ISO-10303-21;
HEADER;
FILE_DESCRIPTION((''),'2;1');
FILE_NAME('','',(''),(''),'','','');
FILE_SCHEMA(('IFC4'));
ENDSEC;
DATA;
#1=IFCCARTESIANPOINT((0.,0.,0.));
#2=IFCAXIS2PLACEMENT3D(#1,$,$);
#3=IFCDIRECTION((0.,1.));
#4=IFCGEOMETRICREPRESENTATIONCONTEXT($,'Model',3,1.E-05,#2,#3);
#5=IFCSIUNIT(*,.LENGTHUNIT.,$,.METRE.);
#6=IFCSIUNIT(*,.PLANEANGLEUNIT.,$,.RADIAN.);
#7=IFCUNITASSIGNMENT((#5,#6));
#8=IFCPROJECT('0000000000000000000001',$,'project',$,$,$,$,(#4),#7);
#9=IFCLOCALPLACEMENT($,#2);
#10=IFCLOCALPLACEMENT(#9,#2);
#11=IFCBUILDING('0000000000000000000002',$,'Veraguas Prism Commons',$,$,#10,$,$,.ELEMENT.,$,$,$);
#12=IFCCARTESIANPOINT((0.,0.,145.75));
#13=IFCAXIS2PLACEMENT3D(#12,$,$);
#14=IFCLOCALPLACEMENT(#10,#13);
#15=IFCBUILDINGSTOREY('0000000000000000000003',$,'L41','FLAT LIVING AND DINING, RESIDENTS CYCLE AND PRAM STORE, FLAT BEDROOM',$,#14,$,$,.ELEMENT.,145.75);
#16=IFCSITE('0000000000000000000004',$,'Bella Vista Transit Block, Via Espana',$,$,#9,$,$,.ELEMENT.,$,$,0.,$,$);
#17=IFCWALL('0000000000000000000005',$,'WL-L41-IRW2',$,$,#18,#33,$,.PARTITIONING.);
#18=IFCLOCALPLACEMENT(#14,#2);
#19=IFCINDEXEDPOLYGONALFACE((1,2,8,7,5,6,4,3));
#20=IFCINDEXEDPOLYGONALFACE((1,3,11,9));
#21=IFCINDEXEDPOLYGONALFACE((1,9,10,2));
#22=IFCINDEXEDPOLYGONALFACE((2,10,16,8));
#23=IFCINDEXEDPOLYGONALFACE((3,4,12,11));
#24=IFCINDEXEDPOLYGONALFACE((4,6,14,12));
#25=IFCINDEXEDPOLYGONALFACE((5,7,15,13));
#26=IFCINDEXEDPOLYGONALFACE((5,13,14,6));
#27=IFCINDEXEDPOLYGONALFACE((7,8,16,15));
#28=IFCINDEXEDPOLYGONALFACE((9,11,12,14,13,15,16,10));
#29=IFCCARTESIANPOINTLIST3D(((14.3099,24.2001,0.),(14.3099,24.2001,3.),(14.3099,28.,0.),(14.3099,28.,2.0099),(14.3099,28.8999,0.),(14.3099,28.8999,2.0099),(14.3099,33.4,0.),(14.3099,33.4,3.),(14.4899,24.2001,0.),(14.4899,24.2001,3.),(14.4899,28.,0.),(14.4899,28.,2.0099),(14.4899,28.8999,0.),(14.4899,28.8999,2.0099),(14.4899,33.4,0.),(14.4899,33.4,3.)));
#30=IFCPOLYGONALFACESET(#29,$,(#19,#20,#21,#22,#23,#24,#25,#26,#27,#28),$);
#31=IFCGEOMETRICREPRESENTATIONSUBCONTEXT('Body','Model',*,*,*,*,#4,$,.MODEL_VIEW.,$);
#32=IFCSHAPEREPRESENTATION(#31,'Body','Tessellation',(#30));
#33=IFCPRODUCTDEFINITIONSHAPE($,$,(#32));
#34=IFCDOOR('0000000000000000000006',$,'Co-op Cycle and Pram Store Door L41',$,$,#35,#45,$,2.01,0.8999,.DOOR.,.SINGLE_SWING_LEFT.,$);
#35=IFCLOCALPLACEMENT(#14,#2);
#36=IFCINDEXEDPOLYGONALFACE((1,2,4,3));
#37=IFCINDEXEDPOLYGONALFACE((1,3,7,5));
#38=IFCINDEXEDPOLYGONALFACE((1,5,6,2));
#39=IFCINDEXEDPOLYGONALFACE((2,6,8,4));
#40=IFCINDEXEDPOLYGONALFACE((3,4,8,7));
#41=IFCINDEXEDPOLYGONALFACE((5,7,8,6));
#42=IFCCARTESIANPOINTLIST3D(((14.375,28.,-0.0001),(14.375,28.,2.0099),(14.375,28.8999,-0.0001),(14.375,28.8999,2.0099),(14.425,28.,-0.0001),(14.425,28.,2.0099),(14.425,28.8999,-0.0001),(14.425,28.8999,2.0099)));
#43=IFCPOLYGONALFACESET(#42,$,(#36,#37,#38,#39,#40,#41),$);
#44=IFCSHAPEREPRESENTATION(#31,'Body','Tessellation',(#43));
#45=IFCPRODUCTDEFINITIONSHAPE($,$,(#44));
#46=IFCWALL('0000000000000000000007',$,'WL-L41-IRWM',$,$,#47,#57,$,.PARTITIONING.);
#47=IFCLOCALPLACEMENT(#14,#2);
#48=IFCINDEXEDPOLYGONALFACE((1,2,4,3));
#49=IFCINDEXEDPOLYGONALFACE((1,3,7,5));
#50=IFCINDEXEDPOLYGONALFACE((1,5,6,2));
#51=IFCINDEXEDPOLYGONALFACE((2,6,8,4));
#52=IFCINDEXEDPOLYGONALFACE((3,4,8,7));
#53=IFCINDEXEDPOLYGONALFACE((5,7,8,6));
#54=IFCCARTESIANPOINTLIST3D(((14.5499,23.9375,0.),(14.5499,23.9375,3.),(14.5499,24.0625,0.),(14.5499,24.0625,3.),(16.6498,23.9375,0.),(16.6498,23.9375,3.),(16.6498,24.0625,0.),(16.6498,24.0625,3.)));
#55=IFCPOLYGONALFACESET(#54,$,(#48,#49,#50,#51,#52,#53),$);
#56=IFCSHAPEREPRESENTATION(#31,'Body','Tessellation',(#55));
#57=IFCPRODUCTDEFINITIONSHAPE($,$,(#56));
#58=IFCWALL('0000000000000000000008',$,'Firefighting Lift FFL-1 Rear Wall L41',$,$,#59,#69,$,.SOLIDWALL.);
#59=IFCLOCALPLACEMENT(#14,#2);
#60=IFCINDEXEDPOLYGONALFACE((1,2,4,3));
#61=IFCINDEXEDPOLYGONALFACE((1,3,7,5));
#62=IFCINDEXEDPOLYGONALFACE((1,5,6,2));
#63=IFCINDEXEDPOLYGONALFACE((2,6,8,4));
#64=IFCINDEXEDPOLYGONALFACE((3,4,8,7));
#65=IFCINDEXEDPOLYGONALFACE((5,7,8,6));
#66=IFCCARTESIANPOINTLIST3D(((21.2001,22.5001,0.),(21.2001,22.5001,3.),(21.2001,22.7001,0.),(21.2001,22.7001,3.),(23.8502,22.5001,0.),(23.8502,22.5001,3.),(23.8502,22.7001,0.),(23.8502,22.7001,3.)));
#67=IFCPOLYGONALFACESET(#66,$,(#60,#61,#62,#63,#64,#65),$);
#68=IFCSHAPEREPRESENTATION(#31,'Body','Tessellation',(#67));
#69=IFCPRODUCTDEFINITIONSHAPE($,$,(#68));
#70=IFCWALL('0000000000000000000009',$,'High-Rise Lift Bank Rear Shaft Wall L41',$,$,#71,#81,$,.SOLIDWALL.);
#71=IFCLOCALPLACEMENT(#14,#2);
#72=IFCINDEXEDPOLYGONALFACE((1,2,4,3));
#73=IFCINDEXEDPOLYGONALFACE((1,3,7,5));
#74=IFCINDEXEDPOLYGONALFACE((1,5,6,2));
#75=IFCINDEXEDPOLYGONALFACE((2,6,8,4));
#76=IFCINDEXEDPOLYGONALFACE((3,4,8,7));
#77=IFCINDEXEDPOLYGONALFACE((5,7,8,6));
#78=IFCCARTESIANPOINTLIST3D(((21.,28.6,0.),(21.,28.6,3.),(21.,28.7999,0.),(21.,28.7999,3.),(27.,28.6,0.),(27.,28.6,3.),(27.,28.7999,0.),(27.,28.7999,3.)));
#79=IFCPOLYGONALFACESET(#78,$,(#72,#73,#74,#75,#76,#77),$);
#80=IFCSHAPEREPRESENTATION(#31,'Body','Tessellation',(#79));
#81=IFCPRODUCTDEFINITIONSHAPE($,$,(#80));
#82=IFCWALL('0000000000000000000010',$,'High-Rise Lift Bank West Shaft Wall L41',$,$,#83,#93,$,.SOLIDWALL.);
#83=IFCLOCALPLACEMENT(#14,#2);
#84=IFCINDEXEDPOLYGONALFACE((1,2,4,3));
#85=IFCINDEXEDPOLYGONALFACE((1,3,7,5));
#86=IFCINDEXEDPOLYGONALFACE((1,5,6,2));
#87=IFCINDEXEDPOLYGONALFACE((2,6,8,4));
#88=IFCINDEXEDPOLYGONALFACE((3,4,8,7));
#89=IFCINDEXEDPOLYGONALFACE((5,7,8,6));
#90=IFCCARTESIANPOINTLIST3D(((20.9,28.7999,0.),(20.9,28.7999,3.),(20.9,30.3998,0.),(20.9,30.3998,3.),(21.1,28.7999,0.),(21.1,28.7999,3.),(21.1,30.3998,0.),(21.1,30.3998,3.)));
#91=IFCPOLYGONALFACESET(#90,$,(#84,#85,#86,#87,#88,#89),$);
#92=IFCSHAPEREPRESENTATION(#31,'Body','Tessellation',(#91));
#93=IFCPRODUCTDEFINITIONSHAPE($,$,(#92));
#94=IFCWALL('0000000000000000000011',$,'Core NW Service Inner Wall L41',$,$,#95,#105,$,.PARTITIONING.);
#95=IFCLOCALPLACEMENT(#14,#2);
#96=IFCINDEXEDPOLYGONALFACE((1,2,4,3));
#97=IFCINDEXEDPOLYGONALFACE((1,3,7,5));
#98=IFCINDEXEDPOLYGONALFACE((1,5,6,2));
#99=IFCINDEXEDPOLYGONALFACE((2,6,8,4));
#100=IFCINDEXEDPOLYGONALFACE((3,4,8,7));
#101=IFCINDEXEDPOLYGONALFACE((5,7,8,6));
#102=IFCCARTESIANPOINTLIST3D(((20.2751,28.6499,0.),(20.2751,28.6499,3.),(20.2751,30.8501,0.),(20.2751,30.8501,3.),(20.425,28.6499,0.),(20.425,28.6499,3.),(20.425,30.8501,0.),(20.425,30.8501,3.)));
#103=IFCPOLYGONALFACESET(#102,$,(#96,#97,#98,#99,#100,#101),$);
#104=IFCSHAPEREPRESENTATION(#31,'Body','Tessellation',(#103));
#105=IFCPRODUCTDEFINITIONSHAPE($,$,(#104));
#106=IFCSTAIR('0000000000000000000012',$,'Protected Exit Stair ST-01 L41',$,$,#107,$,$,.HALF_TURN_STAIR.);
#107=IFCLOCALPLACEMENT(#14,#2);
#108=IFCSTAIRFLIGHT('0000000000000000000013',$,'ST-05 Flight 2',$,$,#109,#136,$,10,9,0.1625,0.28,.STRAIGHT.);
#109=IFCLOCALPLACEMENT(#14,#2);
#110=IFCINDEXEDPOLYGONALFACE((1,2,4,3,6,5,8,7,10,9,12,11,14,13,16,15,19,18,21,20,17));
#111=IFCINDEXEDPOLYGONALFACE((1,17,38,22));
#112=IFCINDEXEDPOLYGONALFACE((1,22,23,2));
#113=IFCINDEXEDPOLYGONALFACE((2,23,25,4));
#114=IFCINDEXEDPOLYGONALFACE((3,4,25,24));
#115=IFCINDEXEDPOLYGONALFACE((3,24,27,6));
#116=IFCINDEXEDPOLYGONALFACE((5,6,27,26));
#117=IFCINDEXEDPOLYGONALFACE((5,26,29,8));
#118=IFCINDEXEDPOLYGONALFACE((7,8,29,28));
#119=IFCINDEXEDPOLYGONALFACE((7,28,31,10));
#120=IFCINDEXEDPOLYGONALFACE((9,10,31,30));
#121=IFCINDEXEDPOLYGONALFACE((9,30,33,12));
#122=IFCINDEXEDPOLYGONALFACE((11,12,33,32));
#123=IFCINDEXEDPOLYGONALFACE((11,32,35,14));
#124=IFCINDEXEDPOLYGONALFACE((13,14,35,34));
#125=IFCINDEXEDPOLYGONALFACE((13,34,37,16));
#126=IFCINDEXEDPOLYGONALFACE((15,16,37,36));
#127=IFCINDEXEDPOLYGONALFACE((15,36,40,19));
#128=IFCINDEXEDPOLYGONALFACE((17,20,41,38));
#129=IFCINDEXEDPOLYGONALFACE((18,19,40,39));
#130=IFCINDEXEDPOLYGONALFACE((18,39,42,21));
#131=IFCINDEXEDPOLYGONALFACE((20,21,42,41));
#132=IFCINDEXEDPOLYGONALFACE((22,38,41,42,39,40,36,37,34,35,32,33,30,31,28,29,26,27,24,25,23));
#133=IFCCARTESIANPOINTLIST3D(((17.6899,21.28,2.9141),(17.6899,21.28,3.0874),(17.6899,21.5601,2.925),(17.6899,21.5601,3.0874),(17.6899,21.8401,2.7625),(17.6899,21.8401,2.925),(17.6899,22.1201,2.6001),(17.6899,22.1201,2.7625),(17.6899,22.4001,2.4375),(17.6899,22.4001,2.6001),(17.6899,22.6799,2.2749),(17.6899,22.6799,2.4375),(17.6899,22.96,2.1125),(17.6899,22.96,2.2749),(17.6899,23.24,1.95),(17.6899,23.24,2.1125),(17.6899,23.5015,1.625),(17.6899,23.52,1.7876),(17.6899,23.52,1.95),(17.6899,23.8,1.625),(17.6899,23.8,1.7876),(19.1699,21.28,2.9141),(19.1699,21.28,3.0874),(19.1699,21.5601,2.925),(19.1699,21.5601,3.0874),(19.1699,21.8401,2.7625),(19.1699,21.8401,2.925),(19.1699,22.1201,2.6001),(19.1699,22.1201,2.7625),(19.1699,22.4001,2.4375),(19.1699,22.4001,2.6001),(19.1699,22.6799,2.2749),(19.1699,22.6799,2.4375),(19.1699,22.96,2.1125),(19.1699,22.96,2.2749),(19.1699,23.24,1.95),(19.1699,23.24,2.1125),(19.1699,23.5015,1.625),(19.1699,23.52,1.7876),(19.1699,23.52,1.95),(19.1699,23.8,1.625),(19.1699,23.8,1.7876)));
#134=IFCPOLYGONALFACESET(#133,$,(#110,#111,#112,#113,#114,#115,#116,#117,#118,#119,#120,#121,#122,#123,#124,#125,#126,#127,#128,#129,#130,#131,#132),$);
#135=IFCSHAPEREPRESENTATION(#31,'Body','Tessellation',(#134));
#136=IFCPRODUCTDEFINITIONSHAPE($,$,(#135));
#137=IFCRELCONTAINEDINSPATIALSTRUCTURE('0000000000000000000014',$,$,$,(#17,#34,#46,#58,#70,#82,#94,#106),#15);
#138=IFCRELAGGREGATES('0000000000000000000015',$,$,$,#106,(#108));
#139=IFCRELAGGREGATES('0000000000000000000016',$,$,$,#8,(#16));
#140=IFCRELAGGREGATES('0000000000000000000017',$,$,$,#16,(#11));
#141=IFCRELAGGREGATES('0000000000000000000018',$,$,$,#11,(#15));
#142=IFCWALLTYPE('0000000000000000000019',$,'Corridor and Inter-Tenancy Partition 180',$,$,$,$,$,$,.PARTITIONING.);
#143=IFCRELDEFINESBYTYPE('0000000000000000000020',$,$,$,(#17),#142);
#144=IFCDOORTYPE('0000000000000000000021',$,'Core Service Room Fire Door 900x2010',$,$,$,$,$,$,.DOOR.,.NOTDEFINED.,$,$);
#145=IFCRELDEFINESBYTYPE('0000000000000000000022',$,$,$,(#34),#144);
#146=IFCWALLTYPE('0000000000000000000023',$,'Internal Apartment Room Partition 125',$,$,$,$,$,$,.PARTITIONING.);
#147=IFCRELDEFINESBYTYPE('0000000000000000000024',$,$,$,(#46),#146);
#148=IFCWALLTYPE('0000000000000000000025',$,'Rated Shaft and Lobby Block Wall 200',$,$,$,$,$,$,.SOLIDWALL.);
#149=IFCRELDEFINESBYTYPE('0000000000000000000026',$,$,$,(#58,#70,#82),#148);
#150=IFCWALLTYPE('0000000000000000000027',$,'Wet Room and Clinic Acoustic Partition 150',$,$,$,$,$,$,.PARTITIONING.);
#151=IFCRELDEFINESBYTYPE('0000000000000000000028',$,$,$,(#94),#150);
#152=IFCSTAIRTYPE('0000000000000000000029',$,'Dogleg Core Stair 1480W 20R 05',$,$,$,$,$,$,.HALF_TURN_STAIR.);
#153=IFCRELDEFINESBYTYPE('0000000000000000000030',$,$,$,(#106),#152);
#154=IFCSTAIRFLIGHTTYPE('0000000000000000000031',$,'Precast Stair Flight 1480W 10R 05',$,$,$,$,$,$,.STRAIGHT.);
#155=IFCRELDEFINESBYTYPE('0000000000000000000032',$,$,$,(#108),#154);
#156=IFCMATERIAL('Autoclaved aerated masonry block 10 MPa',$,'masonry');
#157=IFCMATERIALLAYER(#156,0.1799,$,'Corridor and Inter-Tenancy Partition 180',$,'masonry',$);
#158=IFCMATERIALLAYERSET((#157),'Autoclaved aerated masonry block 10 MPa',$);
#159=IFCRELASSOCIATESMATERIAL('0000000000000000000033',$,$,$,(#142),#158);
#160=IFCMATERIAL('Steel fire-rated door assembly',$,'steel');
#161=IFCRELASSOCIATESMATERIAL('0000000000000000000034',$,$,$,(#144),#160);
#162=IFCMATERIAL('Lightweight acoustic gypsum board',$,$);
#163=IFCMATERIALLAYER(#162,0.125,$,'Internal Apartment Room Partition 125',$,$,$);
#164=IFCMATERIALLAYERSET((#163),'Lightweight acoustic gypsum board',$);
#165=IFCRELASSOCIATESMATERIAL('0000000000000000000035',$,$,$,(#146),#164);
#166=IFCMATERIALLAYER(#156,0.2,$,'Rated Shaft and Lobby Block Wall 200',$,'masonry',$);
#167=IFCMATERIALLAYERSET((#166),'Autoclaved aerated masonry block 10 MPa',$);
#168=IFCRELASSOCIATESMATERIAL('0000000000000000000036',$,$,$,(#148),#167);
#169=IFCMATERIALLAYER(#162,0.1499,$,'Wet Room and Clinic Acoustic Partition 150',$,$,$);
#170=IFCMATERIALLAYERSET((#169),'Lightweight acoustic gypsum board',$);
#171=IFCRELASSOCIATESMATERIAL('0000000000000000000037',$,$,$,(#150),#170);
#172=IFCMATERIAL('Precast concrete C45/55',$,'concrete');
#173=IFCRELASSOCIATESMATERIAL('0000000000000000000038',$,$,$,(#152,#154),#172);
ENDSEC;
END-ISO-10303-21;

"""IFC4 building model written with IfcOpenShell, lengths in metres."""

from ifc_helpers import new_model, si_unit, direction, frame, frame_2d, origin, place, context, subcontext, project, spatial, polyline, rectangle, outline, extrude, source, transform, mapped, material, layer, layer_set, type_object, element, fill, aggregate, save


model = new_model("IFC4")

# Units and contexts
model_context = context("Model", 3, precision=1e-05, world=origin(), true_north=direction((0.0, 1.0)))
body_context = subcontext(model_context, "Body", "Model", "MODEL_VIEW")
ifc_project = project(units=[si_unit("LENGTHUNIT", "METRE"), si_unit("PLANEANGLEUNIT", "RADIAN")], contexts=[model_context])

# Site, building, storey
site_placement = place(None, origin())
site = spatial("IfcSite", under=ifc_project, at=site_placement, Name="Bella Vista Transit Block, Via Espana", CompositionType="ELEMENT", RefElevation=0.0)
building_placement = place(site_placement, origin())
building = spatial("IfcBuilding", under=site, at=building_placement, Name="Veraguas Prism Commons", CompositionType="ELEMENT")
storey_placement = place(building_placement, frame((0.0, 0.0, 145.75)))
storey = spatial("IfcBuildingStorey", under=building, at=storey_placement, Name="L41", Description="FLAT LIVING AND DINING, RESIDENTS CYCLE AND PRAM STORE, FLAT BEDROOM", CompositionType="ELEMENT", Elevation=145.75)

# Wall, opening, door
ifc_material_1 = material(Name="Steel fire-rated door assembly", Category="steel")
ifc_material_2 = material(Name="Autoclaved aerated masonry block 10 MPa", Category="masonry")
ifc_layer_1 = layer(ifc_material_2, 0.1799, Name="Corridor and Inter-Tenancy Partition 180", Category="masonry")
ifc_layer_set_1 = layer_set([ifc_layer_1], Name="Autoclaved aerated masonry block 10 MPa")
wall_type_1 = type_object("IfcWallType", Name="Corridor and Inter-Tenancy Partition 180", PredefinedType="PARTITIONING", material=ifc_layer_set_1)
wall_1_placement = place(storey_placement, frame((14.3999, 24.2, 0.0), z_axis=(0.0, 0.0, 1.0), x_axis=(0.0, 1.0, 0.0)))
wall_1 = element("IfcWall", 1, at=wall_1_placement, inside=storey, type_object=wall_type_1, Name="WL-L41-IRW2", PredefinedType="PARTITIONING", context=body_context, shape_type="SweptSolid", body=[
    extrude(rectangle(XDim=9.2, YDim=0.1799, at=frame_2d((4.6001, 0.0))), origin(), (0.0, 0.0, 1.0), 3.0),
])
opening_1_placement = place(wall_1_placement, frame((3.8, 0.0, 0.0)))
opening_1 = element("IfcOpeningElement", 2, at=opening_1_placement, cuts=wall_1, PredefinedType="OPENING", context=body_context, shape_type="SweptSolid", body=[
    extrude(rectangle(XDim=0.8999, YDim=2.01, at=frame_2d((0.45, 1.0049))), frame((0.0, 0.0999, 0.0), z_axis=(0.0, -1.0, 0.0), x_axis=(1.0, 0.0, 0.0)), (0.0, 0.0, 1.0), 0.2),
])
door_type_1 = type_object("IfcDoorType", Name="Core Service Room Fire Door 900x2010", OperationType="NOTDEFINED", PredefinedType="DOOR", material=ifc_material_1)
shared_shape_1 = source(origin(), body_context, "Body", "SweptSolid", [
    extrude(rectangle(XDim=0.8999, YDim=2.01, at=frame_2d((0.45, 1.0049))), frame((0.0, 0.0249, 0.0), z_axis=(0.0, -1.0, 0.0), x_axis=(1.0, 0.0, 0.0)), (0.0, 0.0, 1.0), 0.05),
])
door_1_placement = place(opening_1_placement, origin())
door_1 = element("IfcDoor", 3, at=door_1_placement, inside=storey, type_object=door_type_1, Name="Co-op Cycle and Pram Store Door L41", OperationType="SINGLE_SWING_LEFT", OverallHeight=2.01, OverallWidth=0.8999, PredefinedType="DOOR", context=body_context, shape_type="MappedRepresentation", body=[
    mapped(shared_shape_1, transform((0.0, 0.0, 0.0), scale=1.0)),
])
fill(opening_1, door_1)

# Walls
ifc_material_3 = material(Name="Lightweight acoustic gypsum board")
ifc_layer_2 = layer(ifc_material_3, 0.125, Name="Internal Apartment Room Partition 125")
ifc_layer_set_2 = layer_set([ifc_layer_2], Name="Lightweight acoustic gypsum board")
wall_type_2 = type_object("IfcWallType", Name="Internal Apartment Room Partition 125", PredefinedType="PARTITIONING", material=ifc_layer_set_2)
wall_2_placement = place(storey_placement, frame((14.55, 24.0, 0.0), z_axis=(0.0, 0.0, 1.0), x_axis=(1.0, 0.0, 0.0)))
element("IfcWall", 4, at=wall_2_placement, inside=storey, type_object=wall_type_2, Name="WL-L41-IRWM", PredefinedType="PARTITIONING", context=body_context, shape_type="SweptSolid", body=[
    extrude(rectangle(XDim=2.0999, YDim=0.125, at=frame_2d((1.0498, 0.0))), origin(), (0.0, 0.0, 1.0), 3.0),
])
ifc_layer_3 = layer(ifc_material_2, 0.2, Name="Rated Shaft and Lobby Block Wall 200", Category="masonry")
ifc_layer_set_3 = layer_set([ifc_layer_3], Name="Autoclaved aerated masonry block 10 MPa")
wall_type_3 = type_object("IfcWallType", Name="Rated Shaft and Lobby Block Wall 200", PredefinedType="SOLIDWALL", material=ifc_layer_set_3)
wall_3_placement = place(storey_placement, frame((21.2, 22.6001, 0.0), z_axis=(0.0, 0.0, 1.0), x_axis=(1.0, 0.0, 0.0)))
element("IfcWall", 5, at=wall_3_placement, inside=storey, type_object=wall_type_3, Name="Firefighting Lift FFL-1 Rear Wall L41", PredefinedType="SOLIDWALL", context=body_context, shape_type="SweptSolid", body=[
    extrude(rectangle(XDim=2.6501, YDim=0.2, at=frame_2d((1.3252, 0.0))), origin(), (0.0, 0.0, 1.0), 3.0),
])
wall_4_placement = place(storey_placement, frame((21.0, 28.7, 0.0), z_axis=(0.0, 0.0, 1.0), x_axis=(1.0, 0.0, 0.0)))
element("IfcWall", 6, at=wall_4_placement, inside=storey, type_object=wall_type_3, Name="High-Rise Lift Bank Rear Shaft Wall L41", PredefinedType="SOLIDWALL", context=body_context, shape_type="SweptSolid", body=[
    extrude(rectangle(XDim=6.0, YDim=0.2, at=frame_2d((3.0, 0.0))), origin(), (0.0, 0.0, 1.0), 3.0),
])
wall_5_placement = place(storey_placement, frame((21.0, 28.8, 0.0), z_axis=(0.0, 0.0, 1.0), x_axis=(0.0, 1.0, 0.0)))
element("IfcWall", 7, at=wall_5_placement, inside=storey, type_object=wall_type_3, Name="High-Rise Lift Bank West Shaft Wall L41", PredefinedType="SOLIDWALL", context=body_context, shape_type="SweptSolid", body=[
    extrude(rectangle(XDim=1.5999, YDim=0.2, at=frame_2d((0.7998, 0.0))), origin(), (0.0, 0.0, 1.0), 3.0),
])
ifc_layer_4 = layer(ifc_material_3, 0.1499, Name="Wet Room and Clinic Acoustic Partition 150")
ifc_layer_set_4 = layer_set([ifc_layer_4], Name="Lightweight acoustic gypsum board")
wall_type_4 = type_object("IfcWallType", Name="Wet Room and Clinic Acoustic Partition 150", PredefinedType="PARTITIONING", material=ifc_layer_set_4)
wall_6_placement = place(storey_placement, frame((20.3501, 28.6499, 0.0), z_axis=(0.0, 0.0, 1.0), x_axis=(0.0, 1.0, 0.0)))
element("IfcWall", 8, at=wall_6_placement, inside=storey, type_object=wall_type_4, Name="Core NW Service Inner Wall L41", PredefinedType="PARTITIONING", context=body_context, shape_type="SweptSolid", body=[
    extrude(rectangle(XDim=2.2002, YDim=0.1499, at=frame_2d((1.1001, 0.0))), origin(), (0.0, 0.0, 1.0), 3.0),
])

# Stair, stair flight
ifc_material_4 = material(Name="Precast concrete C45/55", Category="concrete")
stair_type = type_object("IfcStairType", Name="Dogleg Core Stair 1480W 20R 05", PredefinedType="HALF_TURN_STAIR", material=ifc_material_4)
stair_placement = place(storey_placement, origin())
stair = element("IfcStair", 9, at=stair_placement, inside=storey, type_object=stair_type, Name="Protected Exit Stair ST-01 L41", PredefinedType="HALF_TURN_STAIR")
stair_flight_type = type_object("IfcStairFlightType", Name="Precast Stair Flight 1480W 10R 05", PredefinedType="STRAIGHT", material=ifc_material_4)
stair_flight_placement = place(storey_placement, frame((18.4299, 23.8, 1.625), z_axis=(0.0, 0.0, 1.0), x_axis=(0.0, -1.0, 0.0)))
stair_flight = element("IfcStairFlight", 10, at=stair_flight_placement, type_object=stair_flight_type, Name="ST-05 Flight 2", NumberOfRisers=10, NumberOfTreads=9, PredefinedType="STRAIGHT", RiserHeight=0.1625, TreadLength=0.28, context=body_context, shape_type="SweptSolid", body=[
    extrude(outline(polyline([(0.0, 0.0), (0.0, 0.1626), (0.28, 0.1626), (0.28, 0.325), (0.5601, 0.325), (0.5601, 0.4875), (0.8401, 0.4875), (0.8401, 0.6499), (1.1201, 0.6499), (1.1201, 0.8125), (1.3999, 0.8125), (1.3999, 0.9751), (1.6799, 0.9751), (1.6799, 1.1375), (1.96, 1.1375), (1.96, 1.3), (2.24, 1.3), (2.24, 1.4624), (2.52, 1.4624), (2.52, 1.625), (2.52, 1.2891), (0.2986, 0.0), (0.0, 0.0)])), frame((0.0, 0.74, 0.0), z_axis=(0.0, -1.0, 0.0), x_axis=(1.0, 0.0, 0.0)), (0.0, 0.0, 1.0), 1.48),
])
aggregate(stair, [stair_flight])

save(model, "model.ifc")
